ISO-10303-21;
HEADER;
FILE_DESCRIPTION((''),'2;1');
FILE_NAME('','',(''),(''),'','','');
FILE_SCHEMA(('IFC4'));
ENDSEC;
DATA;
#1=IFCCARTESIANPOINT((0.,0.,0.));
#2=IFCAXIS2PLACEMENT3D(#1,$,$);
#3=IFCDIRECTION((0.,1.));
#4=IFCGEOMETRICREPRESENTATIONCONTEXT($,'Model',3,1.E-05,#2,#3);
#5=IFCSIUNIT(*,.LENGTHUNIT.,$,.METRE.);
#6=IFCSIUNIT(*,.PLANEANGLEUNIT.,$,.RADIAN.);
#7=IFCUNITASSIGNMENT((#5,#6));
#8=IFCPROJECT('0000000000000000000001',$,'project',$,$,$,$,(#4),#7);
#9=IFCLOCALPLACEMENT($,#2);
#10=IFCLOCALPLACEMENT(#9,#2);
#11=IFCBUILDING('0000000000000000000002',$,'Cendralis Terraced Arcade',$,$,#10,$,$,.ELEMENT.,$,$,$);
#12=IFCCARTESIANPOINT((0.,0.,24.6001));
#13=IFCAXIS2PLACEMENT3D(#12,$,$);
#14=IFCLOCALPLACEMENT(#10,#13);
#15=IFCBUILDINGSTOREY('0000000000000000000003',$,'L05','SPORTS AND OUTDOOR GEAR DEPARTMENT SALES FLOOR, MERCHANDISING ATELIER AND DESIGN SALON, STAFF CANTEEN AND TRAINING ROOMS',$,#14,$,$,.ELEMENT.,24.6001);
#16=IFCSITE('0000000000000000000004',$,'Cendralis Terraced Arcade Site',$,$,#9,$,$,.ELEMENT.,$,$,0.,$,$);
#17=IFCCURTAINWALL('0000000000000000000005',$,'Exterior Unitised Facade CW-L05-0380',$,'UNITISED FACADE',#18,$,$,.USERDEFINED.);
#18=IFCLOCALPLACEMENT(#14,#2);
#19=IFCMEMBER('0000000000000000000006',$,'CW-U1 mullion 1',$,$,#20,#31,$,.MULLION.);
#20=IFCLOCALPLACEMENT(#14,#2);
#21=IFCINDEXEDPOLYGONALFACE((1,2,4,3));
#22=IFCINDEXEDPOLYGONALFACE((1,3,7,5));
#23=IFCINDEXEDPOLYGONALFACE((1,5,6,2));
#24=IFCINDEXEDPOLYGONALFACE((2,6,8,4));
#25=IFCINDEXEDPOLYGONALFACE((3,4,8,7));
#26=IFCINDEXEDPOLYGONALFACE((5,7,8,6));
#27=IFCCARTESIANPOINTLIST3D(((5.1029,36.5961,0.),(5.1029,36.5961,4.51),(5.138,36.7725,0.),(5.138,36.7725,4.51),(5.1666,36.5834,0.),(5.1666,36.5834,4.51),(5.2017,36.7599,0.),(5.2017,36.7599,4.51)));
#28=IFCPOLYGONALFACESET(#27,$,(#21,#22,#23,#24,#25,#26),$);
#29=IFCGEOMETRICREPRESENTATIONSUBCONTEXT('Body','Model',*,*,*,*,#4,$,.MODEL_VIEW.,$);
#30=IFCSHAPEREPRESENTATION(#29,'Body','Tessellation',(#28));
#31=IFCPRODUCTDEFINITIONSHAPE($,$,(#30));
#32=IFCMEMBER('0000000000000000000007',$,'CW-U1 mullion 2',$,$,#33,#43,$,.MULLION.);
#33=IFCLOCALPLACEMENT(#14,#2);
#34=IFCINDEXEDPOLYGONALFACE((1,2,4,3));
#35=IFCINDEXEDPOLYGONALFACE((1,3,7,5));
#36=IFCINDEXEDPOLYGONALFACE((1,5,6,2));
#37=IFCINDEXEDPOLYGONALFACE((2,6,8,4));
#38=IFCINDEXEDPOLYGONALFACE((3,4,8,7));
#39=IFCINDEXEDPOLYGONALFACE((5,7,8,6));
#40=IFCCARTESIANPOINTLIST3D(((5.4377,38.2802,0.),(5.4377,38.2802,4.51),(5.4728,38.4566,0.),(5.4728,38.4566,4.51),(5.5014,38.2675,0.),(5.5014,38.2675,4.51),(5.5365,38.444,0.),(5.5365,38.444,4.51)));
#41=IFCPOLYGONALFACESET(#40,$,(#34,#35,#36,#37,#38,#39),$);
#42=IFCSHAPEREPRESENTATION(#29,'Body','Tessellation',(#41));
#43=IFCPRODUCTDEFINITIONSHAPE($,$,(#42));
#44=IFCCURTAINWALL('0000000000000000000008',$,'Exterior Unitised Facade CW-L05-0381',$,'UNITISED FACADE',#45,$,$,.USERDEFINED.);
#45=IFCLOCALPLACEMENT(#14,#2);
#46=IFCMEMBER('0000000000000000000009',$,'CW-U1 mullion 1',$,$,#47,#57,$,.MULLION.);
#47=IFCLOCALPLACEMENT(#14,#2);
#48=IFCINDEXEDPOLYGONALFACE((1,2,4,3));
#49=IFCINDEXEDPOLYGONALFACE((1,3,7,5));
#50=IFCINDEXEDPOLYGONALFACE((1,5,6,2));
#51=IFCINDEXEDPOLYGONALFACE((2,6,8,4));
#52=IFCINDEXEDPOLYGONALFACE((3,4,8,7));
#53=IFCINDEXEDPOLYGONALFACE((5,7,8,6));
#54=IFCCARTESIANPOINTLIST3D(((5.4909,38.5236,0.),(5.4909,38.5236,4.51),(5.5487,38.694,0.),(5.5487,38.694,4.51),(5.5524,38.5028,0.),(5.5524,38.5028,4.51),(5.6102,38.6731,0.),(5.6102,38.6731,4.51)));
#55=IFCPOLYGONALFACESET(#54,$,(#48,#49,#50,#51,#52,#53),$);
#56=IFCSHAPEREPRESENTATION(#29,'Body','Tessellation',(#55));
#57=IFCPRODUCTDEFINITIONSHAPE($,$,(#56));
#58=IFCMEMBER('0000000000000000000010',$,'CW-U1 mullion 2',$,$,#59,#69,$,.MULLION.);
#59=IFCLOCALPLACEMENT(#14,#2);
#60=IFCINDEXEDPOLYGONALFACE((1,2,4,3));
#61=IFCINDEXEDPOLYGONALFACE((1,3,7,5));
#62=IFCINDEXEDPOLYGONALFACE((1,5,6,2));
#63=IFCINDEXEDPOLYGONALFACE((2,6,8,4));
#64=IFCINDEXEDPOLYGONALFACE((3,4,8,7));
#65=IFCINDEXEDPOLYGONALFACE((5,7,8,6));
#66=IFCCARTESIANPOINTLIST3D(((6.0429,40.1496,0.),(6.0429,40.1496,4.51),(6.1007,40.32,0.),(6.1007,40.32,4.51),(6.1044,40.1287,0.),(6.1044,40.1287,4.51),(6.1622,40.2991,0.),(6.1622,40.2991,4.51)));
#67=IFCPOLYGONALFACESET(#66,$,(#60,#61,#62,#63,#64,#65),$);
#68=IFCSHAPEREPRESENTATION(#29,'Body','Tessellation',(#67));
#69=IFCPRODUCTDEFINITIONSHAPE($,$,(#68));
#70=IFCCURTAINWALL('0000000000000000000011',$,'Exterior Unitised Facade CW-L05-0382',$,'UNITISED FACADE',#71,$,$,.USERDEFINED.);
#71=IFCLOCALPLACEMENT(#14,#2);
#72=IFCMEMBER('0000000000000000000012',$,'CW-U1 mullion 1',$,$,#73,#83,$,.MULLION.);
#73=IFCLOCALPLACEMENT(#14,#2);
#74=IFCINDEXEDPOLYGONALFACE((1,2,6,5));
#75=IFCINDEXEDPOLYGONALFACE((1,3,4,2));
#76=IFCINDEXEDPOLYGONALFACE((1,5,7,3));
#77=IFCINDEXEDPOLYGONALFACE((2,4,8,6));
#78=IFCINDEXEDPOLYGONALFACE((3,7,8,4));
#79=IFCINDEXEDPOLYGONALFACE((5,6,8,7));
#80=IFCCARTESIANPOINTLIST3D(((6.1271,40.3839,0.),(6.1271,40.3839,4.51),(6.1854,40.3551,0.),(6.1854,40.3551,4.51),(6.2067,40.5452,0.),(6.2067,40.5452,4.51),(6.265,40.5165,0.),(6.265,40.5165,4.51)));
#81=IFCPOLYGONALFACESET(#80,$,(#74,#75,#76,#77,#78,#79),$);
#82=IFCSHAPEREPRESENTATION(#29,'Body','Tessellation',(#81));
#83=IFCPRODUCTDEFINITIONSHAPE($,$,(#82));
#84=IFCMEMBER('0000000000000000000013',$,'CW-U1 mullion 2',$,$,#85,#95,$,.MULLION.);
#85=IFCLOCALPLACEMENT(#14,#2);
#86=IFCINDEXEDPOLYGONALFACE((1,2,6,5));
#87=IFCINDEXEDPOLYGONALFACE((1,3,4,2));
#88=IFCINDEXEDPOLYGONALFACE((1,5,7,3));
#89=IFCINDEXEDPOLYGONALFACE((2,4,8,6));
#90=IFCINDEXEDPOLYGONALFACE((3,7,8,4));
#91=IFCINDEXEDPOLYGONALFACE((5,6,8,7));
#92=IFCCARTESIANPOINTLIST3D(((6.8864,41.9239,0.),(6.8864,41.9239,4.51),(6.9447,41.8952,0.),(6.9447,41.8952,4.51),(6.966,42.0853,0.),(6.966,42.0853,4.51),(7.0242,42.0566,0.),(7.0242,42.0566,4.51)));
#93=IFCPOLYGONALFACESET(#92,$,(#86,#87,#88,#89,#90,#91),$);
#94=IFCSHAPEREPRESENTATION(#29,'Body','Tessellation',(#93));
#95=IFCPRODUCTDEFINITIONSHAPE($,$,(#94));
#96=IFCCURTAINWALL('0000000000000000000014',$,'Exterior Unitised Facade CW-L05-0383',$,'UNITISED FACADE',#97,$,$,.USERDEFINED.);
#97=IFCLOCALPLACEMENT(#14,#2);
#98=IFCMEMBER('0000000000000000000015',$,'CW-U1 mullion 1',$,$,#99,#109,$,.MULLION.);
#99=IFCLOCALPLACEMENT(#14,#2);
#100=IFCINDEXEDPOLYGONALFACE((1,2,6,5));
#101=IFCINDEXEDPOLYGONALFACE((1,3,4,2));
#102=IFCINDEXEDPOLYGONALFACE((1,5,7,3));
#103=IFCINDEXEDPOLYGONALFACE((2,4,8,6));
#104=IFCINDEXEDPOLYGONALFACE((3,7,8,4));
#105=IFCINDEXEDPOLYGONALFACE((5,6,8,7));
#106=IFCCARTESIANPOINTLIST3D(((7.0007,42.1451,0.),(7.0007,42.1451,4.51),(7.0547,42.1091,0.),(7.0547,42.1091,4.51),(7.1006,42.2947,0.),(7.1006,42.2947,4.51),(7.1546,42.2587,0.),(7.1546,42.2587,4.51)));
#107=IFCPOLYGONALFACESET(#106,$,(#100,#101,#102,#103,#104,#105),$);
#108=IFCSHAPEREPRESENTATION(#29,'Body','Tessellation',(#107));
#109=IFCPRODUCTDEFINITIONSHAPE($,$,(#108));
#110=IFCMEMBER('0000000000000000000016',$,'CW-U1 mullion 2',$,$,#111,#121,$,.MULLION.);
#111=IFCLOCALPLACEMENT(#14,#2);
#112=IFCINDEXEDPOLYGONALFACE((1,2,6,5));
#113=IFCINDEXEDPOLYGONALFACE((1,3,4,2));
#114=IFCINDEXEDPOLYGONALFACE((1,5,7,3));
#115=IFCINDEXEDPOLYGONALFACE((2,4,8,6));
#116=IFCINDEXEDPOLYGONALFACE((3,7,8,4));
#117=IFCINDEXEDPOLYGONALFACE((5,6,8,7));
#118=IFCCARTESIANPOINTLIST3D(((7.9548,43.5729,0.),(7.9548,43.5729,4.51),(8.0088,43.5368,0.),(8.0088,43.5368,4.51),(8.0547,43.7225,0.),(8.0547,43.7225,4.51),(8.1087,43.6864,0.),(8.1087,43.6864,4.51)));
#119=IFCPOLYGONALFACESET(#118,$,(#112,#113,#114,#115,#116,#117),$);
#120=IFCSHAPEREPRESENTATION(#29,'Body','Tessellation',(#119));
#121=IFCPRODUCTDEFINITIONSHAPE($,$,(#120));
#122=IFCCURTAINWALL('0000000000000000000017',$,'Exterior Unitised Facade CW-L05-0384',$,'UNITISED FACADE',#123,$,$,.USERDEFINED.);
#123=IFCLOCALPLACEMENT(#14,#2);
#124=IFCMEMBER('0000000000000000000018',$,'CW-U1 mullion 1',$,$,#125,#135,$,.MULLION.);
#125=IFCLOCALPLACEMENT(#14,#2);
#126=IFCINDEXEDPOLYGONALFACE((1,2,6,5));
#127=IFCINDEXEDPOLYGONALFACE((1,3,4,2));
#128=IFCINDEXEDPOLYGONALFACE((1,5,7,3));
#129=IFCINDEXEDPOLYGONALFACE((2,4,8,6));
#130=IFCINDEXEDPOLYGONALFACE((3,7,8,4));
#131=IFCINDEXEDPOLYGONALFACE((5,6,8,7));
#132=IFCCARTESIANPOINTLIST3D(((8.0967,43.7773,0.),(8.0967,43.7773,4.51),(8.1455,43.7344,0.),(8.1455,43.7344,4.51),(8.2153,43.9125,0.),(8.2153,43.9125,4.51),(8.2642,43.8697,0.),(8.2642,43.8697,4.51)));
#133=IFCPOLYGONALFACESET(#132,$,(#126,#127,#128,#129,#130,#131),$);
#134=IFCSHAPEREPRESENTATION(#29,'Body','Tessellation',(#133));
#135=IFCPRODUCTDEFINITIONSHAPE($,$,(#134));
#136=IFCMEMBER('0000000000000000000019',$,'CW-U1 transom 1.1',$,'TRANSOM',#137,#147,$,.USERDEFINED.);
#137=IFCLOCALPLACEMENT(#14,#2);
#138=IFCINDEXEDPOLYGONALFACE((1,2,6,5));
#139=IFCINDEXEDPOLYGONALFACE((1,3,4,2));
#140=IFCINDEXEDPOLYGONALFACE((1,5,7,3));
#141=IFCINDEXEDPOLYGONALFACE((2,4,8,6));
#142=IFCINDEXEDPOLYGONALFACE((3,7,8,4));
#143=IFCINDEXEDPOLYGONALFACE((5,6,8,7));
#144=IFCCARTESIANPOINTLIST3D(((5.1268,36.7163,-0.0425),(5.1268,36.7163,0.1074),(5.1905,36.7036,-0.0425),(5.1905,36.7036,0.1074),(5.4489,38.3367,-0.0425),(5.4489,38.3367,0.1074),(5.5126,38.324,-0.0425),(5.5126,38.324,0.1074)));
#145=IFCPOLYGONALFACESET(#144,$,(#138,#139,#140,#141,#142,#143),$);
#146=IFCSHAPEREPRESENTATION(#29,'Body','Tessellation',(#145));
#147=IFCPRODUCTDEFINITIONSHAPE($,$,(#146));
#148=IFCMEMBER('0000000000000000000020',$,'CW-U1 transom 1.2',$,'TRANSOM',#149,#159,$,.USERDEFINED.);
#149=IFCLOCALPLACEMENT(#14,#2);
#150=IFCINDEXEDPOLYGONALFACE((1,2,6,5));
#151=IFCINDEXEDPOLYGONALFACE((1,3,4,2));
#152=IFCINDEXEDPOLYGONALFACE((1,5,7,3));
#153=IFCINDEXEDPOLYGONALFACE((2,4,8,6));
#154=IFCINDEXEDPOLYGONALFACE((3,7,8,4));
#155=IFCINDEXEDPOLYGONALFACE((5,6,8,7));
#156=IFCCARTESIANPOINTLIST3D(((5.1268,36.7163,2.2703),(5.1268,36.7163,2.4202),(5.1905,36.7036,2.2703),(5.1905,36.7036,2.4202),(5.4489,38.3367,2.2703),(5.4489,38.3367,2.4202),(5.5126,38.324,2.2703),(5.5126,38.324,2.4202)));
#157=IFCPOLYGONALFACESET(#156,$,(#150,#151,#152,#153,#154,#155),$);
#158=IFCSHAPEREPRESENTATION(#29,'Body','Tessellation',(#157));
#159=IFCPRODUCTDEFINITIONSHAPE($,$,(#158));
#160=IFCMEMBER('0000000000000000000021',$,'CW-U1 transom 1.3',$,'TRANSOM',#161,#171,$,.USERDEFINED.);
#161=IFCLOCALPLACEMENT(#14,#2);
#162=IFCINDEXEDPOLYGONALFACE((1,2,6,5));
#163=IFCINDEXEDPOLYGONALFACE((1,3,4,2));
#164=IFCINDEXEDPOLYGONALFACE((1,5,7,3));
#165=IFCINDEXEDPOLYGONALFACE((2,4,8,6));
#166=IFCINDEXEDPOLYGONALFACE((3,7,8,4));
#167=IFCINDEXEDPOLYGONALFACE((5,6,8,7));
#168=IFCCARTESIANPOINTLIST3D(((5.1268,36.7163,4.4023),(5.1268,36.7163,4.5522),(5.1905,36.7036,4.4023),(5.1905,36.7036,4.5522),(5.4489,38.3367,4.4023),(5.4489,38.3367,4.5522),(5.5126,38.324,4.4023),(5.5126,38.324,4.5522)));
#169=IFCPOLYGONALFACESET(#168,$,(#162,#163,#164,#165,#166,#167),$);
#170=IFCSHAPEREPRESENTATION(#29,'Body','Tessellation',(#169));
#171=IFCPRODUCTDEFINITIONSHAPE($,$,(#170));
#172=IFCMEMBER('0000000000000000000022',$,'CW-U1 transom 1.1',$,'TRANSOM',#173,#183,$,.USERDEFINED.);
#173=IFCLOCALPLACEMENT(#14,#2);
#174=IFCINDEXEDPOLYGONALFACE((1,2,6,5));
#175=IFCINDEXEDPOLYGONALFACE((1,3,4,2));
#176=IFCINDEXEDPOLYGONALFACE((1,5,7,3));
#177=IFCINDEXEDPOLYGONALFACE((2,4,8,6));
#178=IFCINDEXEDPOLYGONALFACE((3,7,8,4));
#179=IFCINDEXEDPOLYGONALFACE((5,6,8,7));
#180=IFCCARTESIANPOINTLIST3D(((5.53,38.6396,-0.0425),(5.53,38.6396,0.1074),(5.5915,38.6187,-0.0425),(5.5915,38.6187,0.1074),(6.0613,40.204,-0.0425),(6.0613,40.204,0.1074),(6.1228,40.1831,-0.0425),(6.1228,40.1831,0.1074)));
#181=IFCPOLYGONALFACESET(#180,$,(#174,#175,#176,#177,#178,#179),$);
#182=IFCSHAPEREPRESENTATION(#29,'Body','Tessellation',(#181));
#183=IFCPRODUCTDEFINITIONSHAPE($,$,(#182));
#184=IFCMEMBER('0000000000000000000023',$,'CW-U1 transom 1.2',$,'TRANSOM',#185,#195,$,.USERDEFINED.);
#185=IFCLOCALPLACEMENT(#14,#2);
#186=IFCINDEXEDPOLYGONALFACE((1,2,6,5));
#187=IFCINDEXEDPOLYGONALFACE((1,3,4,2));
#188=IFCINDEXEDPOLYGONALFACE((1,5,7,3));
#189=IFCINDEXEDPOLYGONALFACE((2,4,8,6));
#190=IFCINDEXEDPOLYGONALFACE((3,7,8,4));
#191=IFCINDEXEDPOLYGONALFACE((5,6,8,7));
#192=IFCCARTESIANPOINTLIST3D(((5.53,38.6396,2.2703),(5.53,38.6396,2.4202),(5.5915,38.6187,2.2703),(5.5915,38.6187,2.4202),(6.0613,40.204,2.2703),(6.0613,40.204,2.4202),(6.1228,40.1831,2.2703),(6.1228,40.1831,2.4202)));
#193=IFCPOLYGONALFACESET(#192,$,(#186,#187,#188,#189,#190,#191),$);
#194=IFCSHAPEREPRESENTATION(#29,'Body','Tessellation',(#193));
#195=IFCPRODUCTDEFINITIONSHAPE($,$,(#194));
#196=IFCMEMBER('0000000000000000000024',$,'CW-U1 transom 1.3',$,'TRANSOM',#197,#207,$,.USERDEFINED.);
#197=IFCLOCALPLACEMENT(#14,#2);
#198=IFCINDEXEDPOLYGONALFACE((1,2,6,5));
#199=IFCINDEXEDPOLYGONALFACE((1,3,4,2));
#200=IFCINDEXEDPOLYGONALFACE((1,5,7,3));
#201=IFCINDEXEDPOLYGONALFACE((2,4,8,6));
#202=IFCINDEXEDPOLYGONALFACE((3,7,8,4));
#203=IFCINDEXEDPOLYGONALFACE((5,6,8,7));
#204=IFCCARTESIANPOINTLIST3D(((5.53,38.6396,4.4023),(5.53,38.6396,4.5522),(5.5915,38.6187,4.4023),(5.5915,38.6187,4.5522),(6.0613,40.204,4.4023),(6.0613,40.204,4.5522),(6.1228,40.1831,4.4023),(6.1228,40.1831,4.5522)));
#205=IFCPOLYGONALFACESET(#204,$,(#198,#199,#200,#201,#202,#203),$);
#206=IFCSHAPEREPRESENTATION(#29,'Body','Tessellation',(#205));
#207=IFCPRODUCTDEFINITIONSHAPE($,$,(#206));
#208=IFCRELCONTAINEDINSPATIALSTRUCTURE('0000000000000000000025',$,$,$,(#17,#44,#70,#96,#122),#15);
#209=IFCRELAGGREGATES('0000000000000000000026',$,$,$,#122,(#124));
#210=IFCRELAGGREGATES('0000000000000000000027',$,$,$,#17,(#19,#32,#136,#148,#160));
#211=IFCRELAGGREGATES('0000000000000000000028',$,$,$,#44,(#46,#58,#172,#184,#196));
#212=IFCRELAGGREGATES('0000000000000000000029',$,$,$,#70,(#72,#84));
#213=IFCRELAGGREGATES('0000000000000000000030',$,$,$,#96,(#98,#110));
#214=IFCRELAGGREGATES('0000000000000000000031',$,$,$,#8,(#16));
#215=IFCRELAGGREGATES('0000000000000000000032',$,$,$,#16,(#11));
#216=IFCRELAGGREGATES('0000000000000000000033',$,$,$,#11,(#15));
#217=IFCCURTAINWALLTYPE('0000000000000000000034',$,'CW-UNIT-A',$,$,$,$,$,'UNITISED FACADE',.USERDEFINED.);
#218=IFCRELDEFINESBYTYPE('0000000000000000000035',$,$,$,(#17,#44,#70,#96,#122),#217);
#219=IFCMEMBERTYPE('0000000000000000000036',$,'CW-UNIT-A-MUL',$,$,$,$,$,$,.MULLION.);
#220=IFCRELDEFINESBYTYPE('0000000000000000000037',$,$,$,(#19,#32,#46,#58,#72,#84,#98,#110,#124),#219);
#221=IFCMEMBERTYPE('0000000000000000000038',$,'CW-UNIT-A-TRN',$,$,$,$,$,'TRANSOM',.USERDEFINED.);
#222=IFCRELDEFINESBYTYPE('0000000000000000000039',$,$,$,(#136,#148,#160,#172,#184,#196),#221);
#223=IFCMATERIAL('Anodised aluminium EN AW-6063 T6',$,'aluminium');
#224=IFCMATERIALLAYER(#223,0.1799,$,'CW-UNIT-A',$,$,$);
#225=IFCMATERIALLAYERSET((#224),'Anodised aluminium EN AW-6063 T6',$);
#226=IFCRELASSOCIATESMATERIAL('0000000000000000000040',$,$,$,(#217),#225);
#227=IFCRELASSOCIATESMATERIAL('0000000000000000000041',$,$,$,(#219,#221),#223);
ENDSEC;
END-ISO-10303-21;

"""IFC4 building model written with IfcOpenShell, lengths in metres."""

from ifc_helpers import new_model, si_unit, direction, frame, origin, origin_2d, place, context, subcontext, project, spatial, rectangle, extrude, material, layer, layer_set, material_profile, profile_set, type_object, element, aggregate, save


model = new_model("IFC4")

# Units and contexts
model_context = context("Model", 3, precision=1e-05, world=origin(), true_north=direction((0.0, 1.0)))
body_context = subcontext(model_context, "Body", "Model", "MODEL_VIEW")
ifc_project = project(units=[si_unit("LENGTHUNIT", "METRE"), si_unit("PLANEANGLEUNIT", "RADIAN")], contexts=[model_context])

# Site, building, storey
site_placement = place(None, origin())
site = spatial("IfcSite", under=ifc_project, at=site_placement, Name="Cendralis Terraced Arcade Site", CompositionType="ELEMENT", RefElevation=0.0)
building_placement = place(site_placement, origin())
building = spatial("IfcBuilding", under=site, at=building_placement, Name="Cendralis Terraced Arcade", CompositionType="ELEMENT")
storey_placement = place(building_placement, frame((0.0, 0.0, 24.6001)))
storey = spatial("IfcBuildingStorey", under=building, at=storey_placement, Name="L05", Description="SPORTS AND OUTDOOR GEAR DEPARTMENT SALES FLOOR, MERCHANDISING ATELIER AND DESIGN SALON, STAFF CANTEEN AND TRAINING ROOMS", CompositionType="ELEMENT", Elevation=24.6001)

# Curtain walls, members
ifc_material_1 = material(Name="Anodised aluminium EN AW-6063 T6", Category="aluminium")
ifc_layer_1 = layer(ifc_material_1, 0.1799, Name="CW-UNIT-A")
ifc_layer_set_1 = layer_set([ifc_layer_1], Name="Anodised aluminium EN AW-6063 T6")
curtain_wall_type = type_object("IfcCurtainWallType", Name="CW-UNIT-A", ElementType="UNITISED FACADE", PredefinedType="USERDEFINED", material=ifc_layer_set_1)
curtain_wall_1_placement = place(storey_placement, origin())
curtain_wall_1 = element("IfcCurtainWall", 1, at=curtain_wall_1_placement, inside=storey, type_object=curtain_wall_type, Name="Exterior Unitised Facade CW-L05-0380", ObjectType="UNITISED FACADE", PredefinedType="USERDEFINED")
ifc_material_profile_1 = material_profile(ifc_material_1, rectangle(XDim=0.0649, YDim=0.1799, at=origin_2d()), Name="ALU-MUL-65x180")
ifc_profile_set_1 = profile_set([ifc_material_profile_1], Name="Anodised aluminium EN AW-6063 T6")
member_type_1 = type_object("IfcMemberType", Name="CW-UNIT-A-MUL", PredefinedType="MULLION", material=ifc_profile_set_1)
member_1_placement = place(storey_placement, frame((5.1523, 36.678, 0.0), z_axis=(0.0, 0.0, 1.0), x_axis=(-0.980792, 0.195058, 0.0)))
member_1 = element("IfcMember", 2, at=member_1_placement, type_object=member_type_1, Name="CW-U1 mullion 1", PredefinedType="MULLION", context=body_context, shape_type="SweptSolid", body=[
    extrude(rectangle(XDim=0.0649, YDim=0.1799, at=origin_2d()), origin(), (0.0, 0.0, 1.0), 4.51),
])
member_2_placement = place(storey_placement, frame((5.4871, 38.3621, 0.0), z_axis=(0.0, 0.0, 1.0), x_axis=(-0.980792, 0.195058, 0.0)))
member_2 = element("IfcMember", 3, at=member_2_placement, type_object=member_type_1, Name="CW-U1 mullion 2", PredefinedType="MULLION", context=body_context, shape_type="SweptSolid", body=[
    extrude(rectangle(XDim=0.0649, YDim=0.1799, at=origin_2d()), origin(), (0.0, 0.0, 1.0), 4.51),
])
curtain_wall_2_placement = place(storey_placement, origin())
curtain_wall_2 = element("IfcCurtainWall", 4, at=curtain_wall_2_placement, inside=storey, type_object=curtain_wall_type, Name="Exterior Unitised Facade CW-L05-0381", ObjectType="UNITISED FACADE", PredefinedType="USERDEFINED")
member_3_placement = place(storey_placement, frame((5.5505, 38.5984, 0.0), z_axis=(0.0, 0.0, 1.0), x_axis=(-0.946924, 0.321458, 0.0)))
member_3 = element("IfcMember", 5, at=member_3_placement, type_object=member_type_1, Name="CW-U1 mullion 1", PredefinedType="MULLION", context=body_context, shape_type="SweptSolid", body=[
    extrude(rectangle(XDim=0.0649, YDim=0.1799, at=origin_2d()), origin(), (0.0, 0.0, 1.0), 4.51),
])
member_4_placement = place(storey_placement, frame((6.1025, 40.2244, 0.0), z_axis=(0.0, 0.0, 1.0), x_axis=(-0.946924, 0.321458, 0.0)))
member_4 = element("IfcMember", 6, at=member_4_placement, type_object=member_type_1, Name="CW-U1 mullion 2", PredefinedType="MULLION", context=body_context, shape_type="SweptSolid", body=[
    extrude(rectangle(XDim=0.0649, YDim=0.1799, at=origin_2d()), origin(), (0.0, 0.0, 1.0), 4.51),
])
curtain_wall_3_placement = place(storey_placement, origin())
curtain_wall_3 = element("IfcCurtainWall", 7, at=curtain_wall_3_placement, inside=storey, type_object=curtain_wall_type, Name="Exterior Unitised Facade CW-L05-0382", ObjectType="UNITISED FACADE", PredefinedType="USERDEFINED")
member_5_placement = place(storey_placement, frame((6.196, 40.4502, 0.0), z_axis=(0.0, 0.0, 1.0), x_axis=(-0.896871, 0.442291, 0.0)))
member_5 = element("IfcMember", 8, at=member_5_placement, type_object=member_type_1, Name="CW-U1 mullion 1", PredefinedType="MULLION", context=body_context, shape_type="SweptSolid", body=[
    extrude(rectangle(XDim=0.0649, YDim=0.1799, at=origin_2d()), origin(), (0.0, 0.0, 1.0), 4.51),
])
member_6_placement = place(storey_placement, frame((6.9553, 41.9902, 0.0), z_axis=(0.0, 0.0, 1.0), x_axis=(-0.896871, 0.442291, 0.0)))
member_6 = element("IfcMember", 9, at=member_6_placement, type_object=member_type_1, Name="CW-U1 mullion 2", PredefinedType="MULLION", context=body_context, shape_type="SweptSolid", body=[
    extrude(rectangle(XDim=0.0649, YDim=0.1799, at=origin_2d()), origin(), (0.0, 0.0, 1.0), 4.51),
])
curtain_wall_4_placement = place(storey_placement, origin())
curtain_wall_4 = element("IfcCurtainWall", 10, at=curtain_wall_4_placement, inside=storey, type_object=curtain_wall_type, Name="Exterior Unitised Facade CW-L05-0383", ObjectType="UNITISED FACADE", PredefinedType="USERDEFINED")
member_7_placement = place(storey_placement, frame((7.0776, 42.2019, 0.0), z_axis=(0.0, 0.0, 1.0), x_axis=(-0.831471, 0.555567, 0.0)))
member_7 = element("IfcMember", 11, at=member_7_placement, type_object=member_type_1, Name="CW-U1 mullion 1", PredefinedType="MULLION", context=body_context, shape_type="SweptSolid", body=[
    extrude(rectangle(XDim=0.0649, YDim=0.1799, at=origin_2d()), origin(), (0.0, 0.0, 1.0), 4.51),
])
member_8_placement = place(storey_placement, frame((8.0317, 43.6296, 0.0), z_axis=(0.0, 0.0, 1.0), x_axis=(-0.831471, 0.555567, 0.0)))
member_8 = element("IfcMember", 12, at=member_8_placement, type_object=member_type_1, Name="CW-U1 mullion 2", PredefinedType="MULLION", context=body_context, shape_type="SweptSolid", body=[
    extrude(rectangle(XDim=0.0649, YDim=0.1799, at=origin_2d()), origin(), (0.0, 0.0, 1.0), 4.51),
])

# Curtain wall, member
curtain_wall_5_placement = place(storey_placement, origin())
curtain_wall_5 = element("IfcCurtainWall", 13, at=curtain_wall_5_placement, inside=storey, type_object=curtain_wall_type, Name="Exterior Unitised Facade CW-L05-0384", ObjectType="UNITISED FACADE", PredefinedType="USERDEFINED")
member_9_placement = place(storey_placement, frame((8.1804, 43.8235, 0.0), z_axis=(0.0, 0.0, 1.0), x_axis=(-0.751804, 0.659386, 0.0)))
member_9 = element("IfcMember", 14, at=member_9_placement, type_object=member_type_1, Name="CW-U1 mullion 1", PredefinedType="MULLION", context=body_context, shape_type="SweptSolid", body=[
    extrude(rectangle(XDim=0.0649, YDim=0.1799, at=origin_2d()), origin(), (0.0, 0.0, 1.0), 4.51),
])

# Members
ifc_material_profile_2 = material_profile(ifc_material_1, rectangle(XDim=0.0649, YDim=0.1499, at=origin_2d()), Name="ALU-TRN-65x150")
ifc_profile_set_2 = profile_set([ifc_material_profile_2], Name="Anodised aluminium EN AW-6063 T6")
member_type_2 = type_object("IfcMemberType", Name="CW-UNIT-A-TRN", ElementType="TRANSOM", PredefinedType="USERDEFINED", material=ifc_profile_set_2)
member_10_placement = place(storey_placement, frame((5.1587, 36.71, 0.0325), z_axis=(0.194922, 0.980819, 0.0), x_axis=(-0.980819, 0.194922, 0.0)))
member_10 = element("IfcMember", 15, at=member_10_placement, type_object=member_type_2, Name="CW-U1 transom 1.1", ObjectType="TRANSOM", PredefinedType="USERDEFINED", context=body_context, shape_type="SweptSolid", body=[
    extrude(rectangle(XDim=0.0649, YDim=0.1499, at=origin_2d()), origin(), (0.0, 0.0, 1.0), 1.6521),
])
member_11_placement = place(storey_placement, frame((5.1587, 36.71, 2.3452), z_axis=(0.194922, 0.980819, 0.0), x_axis=(-0.980819, 0.194922, 0.0)))
member_11 = element("IfcMember", 16, at=member_11_placement, type_object=member_type_2, Name="CW-U1 transom 1.2", ObjectType="TRANSOM", PredefinedType="USERDEFINED", context=body_context, shape_type="SweptSolid", body=[
    extrude(rectangle(XDim=0.0649, YDim=0.1499, at=origin_2d()), origin(), (0.0, 0.0, 1.0), 1.6521),
])
member_12_placement = place(storey_placement, frame((5.1587, 36.71, 4.4773), z_axis=(0.194922, 0.980819, 0.0), x_axis=(-0.980819, 0.194922, 0.0)))
member_12 = element("IfcMember", 17, at=member_12_placement, type_object=member_type_2, Name="CW-U1 transom 1.3", ObjectType="TRANSOM", PredefinedType="USERDEFINED", context=body_context, shape_type="SweptSolid", body=[
    extrude(rectangle(XDim=0.0649, YDim=0.1499, at=origin_2d()), origin(), (0.0, 0.0, 1.0), 1.6521),
])
member_13_placement = place(storey_placement, frame((5.5608, 38.6292, 0.0325), z_axis=(0.321542, 0.946895, 0.0), x_axis=(-0.946895, 0.321542, 0.0)))
member_13 = element("IfcMember", 18, at=member_13_placement, type_object=member_type_2, Name="CW-U1 transom 1.1", ObjectType="TRANSOM", PredefinedType="USERDEFINED", context=body_context, shape_type="SweptSolid", body=[
    extrude(rectangle(XDim=0.0649, YDim=0.1499, at=origin_2d()), origin(), (0.0, 0.0, 1.0), 1.6521),
])
member_14_placement = place(storey_placement, frame((5.5608, 38.6292, 2.3452), z_axis=(0.321542, 0.946895, 0.0), x_axis=(-0.946895, 0.321542, 0.0)))
member_14 = element("IfcMember", 19, at=member_14_placement, type_object=member_type_2, Name="CW-U1 transom 1.2", ObjectType="TRANSOM", PredefinedType="USERDEFINED", context=body_context, shape_type="SweptSolid", body=[
    extrude(rectangle(XDim=0.0649, YDim=0.1499, at=origin_2d()), origin(), (0.0, 0.0, 1.0), 1.6521),
])
member_15_placement = place(storey_placement, frame((5.5608, 38.6292, 4.4773), z_axis=(0.321542, 0.946895, 0.0), x_axis=(-0.946895, 0.321542, 0.0)))
member_15 = element("IfcMember", 20, at=member_15_placement, type_object=member_type_2, Name="CW-U1 transom 1.3", ObjectType="TRANSOM", PredefinedType="USERDEFINED", context=body_context, shape_type="SweptSolid", body=[
    extrude(rectangle(XDim=0.0649, YDim=0.1499, at=origin_2d()), origin(), (0.0, 0.0, 1.0), 1.6521),
])
aggregate(curtain_wall_5, [member_9])

aggregate(curtain_wall_1, [member_1, member_2, member_10, member_11, member_12])
aggregate(curtain_wall_2, [member_3, member_4, member_13, member_14, member_15])
aggregate(curtain_wall_3, [member_5, member_6])
aggregate(curtain_wall_4, [member_7, member_8])

save(model, "model.ifc")
